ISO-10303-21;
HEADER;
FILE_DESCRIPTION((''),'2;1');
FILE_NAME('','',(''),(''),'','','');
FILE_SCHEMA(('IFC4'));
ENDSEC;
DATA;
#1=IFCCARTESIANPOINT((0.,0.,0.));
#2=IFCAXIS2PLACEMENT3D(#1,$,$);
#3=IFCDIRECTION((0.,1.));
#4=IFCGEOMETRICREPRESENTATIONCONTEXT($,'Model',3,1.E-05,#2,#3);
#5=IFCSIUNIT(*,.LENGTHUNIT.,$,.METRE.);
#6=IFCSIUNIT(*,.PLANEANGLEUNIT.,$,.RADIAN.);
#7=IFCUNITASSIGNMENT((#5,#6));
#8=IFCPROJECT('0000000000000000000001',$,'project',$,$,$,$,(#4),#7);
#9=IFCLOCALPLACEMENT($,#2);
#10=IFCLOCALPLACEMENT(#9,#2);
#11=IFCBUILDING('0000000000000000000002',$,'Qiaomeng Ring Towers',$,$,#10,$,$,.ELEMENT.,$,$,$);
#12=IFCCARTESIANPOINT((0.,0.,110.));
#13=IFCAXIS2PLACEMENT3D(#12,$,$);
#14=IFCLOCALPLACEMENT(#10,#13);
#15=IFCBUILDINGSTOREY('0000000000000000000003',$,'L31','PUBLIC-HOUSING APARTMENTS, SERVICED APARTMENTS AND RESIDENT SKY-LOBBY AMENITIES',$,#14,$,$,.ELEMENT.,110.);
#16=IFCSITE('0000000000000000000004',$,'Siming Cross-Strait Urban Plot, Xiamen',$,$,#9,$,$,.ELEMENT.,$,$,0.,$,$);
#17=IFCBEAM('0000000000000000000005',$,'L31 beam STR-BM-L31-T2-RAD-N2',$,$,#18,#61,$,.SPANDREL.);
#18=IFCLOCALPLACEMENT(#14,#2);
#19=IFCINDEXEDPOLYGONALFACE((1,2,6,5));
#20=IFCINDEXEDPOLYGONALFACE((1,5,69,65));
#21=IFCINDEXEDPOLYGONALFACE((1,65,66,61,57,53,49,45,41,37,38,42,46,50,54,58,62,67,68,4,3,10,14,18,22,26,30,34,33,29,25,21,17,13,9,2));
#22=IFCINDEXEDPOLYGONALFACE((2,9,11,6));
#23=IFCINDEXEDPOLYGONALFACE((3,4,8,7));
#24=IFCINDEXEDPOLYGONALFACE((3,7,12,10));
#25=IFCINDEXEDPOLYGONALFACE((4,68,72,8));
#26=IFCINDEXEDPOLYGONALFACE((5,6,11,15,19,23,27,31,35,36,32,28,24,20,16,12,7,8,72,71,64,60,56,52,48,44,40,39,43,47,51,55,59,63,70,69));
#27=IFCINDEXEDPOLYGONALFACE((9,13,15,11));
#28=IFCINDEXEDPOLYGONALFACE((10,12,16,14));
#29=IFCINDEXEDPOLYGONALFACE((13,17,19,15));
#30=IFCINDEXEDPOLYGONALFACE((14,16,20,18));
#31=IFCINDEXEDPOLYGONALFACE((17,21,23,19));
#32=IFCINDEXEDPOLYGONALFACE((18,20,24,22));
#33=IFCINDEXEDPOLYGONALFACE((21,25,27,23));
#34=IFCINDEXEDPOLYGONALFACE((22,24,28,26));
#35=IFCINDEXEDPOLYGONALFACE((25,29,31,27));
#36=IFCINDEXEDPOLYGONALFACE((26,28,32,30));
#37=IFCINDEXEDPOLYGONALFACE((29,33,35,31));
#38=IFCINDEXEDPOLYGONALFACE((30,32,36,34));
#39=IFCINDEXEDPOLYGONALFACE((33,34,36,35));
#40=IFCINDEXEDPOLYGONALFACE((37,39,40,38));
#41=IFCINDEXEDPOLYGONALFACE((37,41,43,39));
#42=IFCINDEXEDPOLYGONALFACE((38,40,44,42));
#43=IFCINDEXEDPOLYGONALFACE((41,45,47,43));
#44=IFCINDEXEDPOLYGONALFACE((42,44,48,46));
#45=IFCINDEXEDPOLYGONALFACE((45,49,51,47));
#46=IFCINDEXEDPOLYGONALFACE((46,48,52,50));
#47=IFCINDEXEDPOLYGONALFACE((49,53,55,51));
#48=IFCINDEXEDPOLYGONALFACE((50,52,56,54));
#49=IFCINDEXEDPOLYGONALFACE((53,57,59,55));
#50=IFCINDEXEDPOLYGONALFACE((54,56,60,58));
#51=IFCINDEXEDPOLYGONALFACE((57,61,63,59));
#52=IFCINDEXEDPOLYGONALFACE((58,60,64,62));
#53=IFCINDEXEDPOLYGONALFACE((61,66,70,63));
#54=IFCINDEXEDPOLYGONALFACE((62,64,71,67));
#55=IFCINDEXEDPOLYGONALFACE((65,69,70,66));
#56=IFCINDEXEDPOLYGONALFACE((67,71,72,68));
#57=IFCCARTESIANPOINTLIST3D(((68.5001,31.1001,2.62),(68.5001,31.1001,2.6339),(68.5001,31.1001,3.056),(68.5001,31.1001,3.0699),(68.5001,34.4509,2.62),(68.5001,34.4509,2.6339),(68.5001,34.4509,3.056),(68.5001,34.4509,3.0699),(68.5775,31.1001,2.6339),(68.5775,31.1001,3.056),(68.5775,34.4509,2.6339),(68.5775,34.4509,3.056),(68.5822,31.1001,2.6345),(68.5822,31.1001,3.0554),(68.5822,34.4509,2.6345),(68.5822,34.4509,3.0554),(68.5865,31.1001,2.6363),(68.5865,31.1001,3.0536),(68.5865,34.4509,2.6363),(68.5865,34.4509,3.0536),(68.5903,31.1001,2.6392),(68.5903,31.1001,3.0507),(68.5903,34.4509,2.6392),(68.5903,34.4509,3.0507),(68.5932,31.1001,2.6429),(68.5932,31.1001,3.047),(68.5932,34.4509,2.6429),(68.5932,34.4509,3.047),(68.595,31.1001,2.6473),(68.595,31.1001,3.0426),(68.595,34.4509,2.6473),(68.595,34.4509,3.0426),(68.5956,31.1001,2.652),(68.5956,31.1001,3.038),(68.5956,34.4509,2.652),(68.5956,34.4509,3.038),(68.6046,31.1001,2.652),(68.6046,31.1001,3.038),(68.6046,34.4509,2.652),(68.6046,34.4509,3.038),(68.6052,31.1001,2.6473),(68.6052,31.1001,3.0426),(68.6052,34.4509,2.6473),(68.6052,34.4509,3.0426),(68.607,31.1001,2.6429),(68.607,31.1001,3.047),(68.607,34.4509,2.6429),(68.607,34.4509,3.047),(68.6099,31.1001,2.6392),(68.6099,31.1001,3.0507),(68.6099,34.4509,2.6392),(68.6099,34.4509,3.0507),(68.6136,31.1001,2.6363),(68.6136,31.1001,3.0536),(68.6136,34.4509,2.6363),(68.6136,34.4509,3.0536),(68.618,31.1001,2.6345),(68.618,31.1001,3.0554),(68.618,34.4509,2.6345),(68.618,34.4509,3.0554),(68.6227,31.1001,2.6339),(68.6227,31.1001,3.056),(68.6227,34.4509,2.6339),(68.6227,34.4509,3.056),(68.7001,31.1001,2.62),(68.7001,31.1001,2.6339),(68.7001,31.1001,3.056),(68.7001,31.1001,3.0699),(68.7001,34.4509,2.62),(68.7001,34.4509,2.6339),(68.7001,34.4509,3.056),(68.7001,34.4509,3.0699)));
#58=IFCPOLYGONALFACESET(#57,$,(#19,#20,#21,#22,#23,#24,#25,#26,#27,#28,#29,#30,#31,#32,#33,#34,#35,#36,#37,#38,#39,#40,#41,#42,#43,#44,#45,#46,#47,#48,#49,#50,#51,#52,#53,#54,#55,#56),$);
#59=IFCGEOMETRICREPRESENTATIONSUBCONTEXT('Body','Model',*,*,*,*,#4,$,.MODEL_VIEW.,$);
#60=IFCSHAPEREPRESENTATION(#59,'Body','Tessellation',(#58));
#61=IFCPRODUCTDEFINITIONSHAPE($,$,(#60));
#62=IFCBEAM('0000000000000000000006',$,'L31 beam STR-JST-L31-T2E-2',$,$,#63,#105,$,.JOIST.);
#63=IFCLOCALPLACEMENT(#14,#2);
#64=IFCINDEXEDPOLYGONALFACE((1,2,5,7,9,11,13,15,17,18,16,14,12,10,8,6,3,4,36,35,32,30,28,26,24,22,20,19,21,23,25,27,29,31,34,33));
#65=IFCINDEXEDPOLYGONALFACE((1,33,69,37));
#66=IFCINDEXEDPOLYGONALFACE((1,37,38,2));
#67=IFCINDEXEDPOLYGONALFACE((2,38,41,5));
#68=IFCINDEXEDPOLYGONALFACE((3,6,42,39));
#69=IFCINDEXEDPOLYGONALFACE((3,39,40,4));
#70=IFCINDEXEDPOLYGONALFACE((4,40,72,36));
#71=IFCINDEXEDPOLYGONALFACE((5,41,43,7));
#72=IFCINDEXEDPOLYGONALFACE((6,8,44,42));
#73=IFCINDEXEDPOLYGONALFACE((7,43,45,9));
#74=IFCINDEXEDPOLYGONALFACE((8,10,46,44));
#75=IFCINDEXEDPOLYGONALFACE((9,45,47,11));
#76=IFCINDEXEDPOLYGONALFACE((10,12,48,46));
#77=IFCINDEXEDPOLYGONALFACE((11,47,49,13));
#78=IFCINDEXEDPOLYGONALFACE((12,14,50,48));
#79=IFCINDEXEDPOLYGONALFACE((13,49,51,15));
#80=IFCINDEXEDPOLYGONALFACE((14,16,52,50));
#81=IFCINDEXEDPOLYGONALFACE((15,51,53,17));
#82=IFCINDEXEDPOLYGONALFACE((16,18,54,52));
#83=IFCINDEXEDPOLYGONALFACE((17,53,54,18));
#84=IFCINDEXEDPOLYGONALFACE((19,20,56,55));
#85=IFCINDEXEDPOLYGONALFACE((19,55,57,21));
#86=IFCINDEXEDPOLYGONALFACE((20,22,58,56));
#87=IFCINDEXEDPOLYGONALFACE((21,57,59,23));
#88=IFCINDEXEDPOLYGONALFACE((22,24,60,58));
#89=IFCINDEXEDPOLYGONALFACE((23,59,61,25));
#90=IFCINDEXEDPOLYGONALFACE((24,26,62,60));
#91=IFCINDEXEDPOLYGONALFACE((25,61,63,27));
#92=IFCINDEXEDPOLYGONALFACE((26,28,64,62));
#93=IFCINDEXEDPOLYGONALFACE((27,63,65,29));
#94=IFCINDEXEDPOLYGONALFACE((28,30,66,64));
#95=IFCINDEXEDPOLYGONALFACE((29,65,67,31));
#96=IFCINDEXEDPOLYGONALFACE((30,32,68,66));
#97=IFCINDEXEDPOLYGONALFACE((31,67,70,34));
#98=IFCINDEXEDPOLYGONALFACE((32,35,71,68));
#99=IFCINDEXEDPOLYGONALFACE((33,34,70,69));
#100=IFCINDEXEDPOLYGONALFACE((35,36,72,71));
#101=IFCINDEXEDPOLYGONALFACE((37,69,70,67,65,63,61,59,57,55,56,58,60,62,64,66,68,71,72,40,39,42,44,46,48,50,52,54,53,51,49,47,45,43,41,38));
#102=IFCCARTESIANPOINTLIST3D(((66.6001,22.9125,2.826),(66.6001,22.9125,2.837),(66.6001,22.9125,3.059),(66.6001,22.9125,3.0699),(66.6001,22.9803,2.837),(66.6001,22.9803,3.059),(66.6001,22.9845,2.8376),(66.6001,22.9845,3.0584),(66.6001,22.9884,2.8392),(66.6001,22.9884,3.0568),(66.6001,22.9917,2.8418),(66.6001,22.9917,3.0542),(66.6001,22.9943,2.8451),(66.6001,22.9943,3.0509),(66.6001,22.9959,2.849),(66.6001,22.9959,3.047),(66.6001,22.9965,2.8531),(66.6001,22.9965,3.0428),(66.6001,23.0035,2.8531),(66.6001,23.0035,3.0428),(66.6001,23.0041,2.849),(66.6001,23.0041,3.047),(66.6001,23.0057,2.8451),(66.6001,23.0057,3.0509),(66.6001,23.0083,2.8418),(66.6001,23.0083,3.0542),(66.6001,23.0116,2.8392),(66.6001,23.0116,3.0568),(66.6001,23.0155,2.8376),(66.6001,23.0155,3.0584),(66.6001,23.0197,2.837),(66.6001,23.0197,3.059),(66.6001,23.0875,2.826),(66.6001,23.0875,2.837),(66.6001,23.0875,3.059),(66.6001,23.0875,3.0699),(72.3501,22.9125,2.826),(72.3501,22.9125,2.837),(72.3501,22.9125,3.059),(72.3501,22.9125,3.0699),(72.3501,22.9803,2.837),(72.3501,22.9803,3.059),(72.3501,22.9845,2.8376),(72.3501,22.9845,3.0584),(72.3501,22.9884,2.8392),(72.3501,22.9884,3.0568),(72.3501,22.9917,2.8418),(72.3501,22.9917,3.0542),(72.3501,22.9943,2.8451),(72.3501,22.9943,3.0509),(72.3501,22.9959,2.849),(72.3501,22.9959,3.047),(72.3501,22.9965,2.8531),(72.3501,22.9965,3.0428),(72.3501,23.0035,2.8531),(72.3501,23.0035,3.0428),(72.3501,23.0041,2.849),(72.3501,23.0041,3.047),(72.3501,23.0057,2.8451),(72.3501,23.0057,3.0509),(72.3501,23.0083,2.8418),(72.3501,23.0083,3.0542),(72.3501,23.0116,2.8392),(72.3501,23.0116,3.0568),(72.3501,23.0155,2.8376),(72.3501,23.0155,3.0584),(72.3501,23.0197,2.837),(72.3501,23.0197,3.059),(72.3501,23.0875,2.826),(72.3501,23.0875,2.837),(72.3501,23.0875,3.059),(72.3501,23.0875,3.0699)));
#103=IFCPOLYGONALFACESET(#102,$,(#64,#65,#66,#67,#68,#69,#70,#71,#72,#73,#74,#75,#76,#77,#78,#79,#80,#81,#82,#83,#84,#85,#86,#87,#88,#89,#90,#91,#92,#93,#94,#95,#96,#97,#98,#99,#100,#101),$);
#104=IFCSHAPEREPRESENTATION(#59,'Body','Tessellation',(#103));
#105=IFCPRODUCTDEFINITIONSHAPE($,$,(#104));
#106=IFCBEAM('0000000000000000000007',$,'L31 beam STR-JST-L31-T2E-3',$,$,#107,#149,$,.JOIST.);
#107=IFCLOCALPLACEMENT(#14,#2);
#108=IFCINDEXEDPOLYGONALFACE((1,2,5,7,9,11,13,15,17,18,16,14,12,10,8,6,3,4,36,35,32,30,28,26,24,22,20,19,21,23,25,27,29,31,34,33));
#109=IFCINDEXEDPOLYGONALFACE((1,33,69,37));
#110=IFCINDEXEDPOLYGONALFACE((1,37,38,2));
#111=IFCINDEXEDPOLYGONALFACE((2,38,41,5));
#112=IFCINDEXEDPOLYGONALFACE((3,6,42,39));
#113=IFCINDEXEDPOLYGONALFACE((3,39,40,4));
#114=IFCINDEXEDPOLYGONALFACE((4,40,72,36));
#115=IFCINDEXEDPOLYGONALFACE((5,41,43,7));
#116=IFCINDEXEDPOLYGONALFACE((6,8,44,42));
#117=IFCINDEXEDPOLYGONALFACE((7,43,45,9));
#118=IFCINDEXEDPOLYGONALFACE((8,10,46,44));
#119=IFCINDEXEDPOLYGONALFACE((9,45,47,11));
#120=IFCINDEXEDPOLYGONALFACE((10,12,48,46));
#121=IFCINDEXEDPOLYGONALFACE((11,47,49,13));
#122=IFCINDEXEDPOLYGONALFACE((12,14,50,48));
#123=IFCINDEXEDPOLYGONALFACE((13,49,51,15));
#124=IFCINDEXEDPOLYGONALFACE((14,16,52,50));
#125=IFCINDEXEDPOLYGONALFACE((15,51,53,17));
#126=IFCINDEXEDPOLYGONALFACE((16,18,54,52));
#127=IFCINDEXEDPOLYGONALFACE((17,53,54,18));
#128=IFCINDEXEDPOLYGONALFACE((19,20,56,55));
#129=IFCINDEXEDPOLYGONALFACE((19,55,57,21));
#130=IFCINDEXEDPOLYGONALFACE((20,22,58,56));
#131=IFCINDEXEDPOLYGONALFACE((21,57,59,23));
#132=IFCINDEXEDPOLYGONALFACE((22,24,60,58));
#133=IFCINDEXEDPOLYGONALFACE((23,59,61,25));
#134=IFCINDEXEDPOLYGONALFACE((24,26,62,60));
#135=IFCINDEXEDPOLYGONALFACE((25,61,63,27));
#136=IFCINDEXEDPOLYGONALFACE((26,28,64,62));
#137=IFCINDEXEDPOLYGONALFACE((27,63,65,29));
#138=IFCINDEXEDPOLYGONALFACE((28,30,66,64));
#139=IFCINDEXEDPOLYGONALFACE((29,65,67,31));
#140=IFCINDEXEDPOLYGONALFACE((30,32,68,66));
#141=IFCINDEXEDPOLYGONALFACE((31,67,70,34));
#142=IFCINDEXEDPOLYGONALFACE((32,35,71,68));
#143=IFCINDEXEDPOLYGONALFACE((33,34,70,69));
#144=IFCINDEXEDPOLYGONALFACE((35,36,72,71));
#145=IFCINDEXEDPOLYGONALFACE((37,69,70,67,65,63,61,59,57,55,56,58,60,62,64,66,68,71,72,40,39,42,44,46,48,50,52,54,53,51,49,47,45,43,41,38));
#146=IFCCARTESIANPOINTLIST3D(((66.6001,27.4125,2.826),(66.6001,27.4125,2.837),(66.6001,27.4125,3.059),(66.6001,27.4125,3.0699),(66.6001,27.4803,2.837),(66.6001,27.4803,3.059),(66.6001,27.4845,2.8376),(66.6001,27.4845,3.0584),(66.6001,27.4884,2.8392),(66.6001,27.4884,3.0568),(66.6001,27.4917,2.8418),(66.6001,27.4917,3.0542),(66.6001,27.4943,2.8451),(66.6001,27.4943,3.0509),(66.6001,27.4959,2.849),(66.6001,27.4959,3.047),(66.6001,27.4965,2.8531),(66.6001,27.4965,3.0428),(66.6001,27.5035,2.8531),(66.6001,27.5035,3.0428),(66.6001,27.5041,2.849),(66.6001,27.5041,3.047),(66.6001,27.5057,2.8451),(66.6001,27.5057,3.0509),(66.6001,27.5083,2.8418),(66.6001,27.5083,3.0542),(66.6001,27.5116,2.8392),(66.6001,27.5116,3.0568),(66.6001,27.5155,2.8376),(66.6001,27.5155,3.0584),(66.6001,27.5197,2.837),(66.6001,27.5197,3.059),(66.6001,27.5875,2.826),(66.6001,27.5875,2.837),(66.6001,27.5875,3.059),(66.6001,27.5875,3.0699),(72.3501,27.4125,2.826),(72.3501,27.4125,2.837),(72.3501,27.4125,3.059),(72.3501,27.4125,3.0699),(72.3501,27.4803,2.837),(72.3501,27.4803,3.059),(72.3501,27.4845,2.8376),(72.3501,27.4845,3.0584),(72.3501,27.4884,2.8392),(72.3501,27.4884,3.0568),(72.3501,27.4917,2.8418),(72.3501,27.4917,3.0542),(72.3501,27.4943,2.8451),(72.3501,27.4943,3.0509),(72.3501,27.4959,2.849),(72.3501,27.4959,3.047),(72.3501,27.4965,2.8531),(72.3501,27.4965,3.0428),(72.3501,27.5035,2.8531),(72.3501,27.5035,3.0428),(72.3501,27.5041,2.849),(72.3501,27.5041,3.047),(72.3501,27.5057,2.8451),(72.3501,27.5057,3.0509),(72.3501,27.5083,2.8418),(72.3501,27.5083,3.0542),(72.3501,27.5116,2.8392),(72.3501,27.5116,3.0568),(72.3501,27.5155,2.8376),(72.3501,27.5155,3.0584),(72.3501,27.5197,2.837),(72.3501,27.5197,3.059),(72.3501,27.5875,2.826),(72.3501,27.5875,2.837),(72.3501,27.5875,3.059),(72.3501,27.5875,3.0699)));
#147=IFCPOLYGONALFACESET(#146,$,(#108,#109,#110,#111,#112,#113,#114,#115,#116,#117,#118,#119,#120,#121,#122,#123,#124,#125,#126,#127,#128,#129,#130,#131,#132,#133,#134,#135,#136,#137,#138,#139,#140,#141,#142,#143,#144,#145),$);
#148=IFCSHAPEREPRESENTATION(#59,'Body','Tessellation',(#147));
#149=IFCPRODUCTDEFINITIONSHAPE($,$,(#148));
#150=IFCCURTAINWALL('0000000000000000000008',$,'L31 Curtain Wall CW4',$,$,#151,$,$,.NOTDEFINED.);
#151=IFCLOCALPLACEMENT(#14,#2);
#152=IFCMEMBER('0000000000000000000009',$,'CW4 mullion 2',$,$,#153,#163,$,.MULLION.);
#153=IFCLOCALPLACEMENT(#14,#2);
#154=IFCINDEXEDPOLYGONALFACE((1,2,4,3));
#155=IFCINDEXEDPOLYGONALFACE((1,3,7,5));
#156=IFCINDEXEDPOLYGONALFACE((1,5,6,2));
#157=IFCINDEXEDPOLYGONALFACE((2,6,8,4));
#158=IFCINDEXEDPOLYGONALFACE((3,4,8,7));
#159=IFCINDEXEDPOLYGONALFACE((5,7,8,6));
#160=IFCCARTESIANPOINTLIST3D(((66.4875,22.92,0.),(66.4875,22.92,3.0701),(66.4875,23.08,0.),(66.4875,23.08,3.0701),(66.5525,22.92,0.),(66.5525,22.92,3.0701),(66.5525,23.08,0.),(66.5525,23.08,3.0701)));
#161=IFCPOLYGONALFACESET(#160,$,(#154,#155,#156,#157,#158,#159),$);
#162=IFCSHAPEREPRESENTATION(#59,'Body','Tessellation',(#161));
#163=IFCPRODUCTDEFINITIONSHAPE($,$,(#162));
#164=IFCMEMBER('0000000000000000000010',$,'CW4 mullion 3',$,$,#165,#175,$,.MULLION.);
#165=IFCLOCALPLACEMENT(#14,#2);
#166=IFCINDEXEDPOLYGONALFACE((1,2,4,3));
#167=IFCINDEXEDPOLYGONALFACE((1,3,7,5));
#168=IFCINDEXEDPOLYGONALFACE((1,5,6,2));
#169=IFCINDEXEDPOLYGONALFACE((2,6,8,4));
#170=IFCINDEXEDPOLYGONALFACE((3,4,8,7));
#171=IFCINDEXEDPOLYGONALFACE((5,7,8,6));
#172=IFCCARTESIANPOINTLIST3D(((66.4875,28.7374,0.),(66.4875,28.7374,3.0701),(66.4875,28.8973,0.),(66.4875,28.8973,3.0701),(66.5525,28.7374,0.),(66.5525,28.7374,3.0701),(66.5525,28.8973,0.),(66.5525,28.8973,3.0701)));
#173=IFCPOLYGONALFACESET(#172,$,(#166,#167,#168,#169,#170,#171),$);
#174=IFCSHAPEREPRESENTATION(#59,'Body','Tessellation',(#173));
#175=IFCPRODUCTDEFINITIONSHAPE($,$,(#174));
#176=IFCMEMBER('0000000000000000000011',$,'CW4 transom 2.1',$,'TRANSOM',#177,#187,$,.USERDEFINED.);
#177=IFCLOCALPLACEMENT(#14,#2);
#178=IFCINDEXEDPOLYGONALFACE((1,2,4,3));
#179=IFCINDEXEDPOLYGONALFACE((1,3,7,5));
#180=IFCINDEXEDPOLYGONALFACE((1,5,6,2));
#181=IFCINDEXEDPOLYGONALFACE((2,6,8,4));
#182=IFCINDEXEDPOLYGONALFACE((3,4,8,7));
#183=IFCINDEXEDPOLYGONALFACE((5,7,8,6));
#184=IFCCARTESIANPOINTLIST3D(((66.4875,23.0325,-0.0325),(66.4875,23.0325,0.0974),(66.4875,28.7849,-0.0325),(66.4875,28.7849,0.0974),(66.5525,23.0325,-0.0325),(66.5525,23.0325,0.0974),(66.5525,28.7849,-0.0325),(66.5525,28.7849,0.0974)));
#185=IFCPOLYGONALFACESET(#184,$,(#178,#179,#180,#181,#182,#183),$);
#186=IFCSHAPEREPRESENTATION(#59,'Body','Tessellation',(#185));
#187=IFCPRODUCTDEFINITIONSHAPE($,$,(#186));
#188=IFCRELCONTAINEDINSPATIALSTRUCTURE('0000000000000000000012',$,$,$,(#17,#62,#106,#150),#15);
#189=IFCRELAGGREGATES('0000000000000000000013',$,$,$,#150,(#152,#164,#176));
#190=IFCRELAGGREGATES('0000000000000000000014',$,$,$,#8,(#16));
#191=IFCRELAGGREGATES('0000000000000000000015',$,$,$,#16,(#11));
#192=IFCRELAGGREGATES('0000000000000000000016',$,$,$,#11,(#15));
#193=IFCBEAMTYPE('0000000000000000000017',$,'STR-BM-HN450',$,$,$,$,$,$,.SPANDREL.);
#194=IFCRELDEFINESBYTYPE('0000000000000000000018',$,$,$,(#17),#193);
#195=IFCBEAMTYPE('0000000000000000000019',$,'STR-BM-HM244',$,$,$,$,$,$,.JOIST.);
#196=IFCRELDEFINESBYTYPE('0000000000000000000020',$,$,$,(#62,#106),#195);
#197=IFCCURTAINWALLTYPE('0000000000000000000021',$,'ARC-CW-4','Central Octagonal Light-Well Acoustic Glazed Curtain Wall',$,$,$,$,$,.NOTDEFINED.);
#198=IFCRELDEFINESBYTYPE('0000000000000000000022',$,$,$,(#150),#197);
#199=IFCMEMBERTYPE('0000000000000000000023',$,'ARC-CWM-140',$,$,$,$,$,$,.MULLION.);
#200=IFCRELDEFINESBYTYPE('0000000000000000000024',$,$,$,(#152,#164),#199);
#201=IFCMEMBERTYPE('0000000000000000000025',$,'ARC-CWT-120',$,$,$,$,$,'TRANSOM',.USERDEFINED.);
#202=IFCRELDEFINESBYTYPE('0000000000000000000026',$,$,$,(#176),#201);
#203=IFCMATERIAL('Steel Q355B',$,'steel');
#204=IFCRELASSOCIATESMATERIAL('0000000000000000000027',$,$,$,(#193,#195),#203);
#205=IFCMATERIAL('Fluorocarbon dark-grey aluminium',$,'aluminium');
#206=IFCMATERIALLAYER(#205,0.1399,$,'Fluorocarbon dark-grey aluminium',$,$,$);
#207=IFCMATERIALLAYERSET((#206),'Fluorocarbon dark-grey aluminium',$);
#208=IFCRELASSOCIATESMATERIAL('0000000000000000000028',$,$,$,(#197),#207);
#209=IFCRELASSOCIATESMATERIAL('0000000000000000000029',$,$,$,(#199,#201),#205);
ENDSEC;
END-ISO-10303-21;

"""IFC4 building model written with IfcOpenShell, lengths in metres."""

from ifc_helpers import new_model, si_unit, direction, frame, origin, origin_2d, place, context, subcontext, project, spatial, rectangle, i_section, extrude, source, transform, mapped, material, layer, layer_set, material_profile, profile_set, type_object, element, aggregate, save


model = new_model("IFC4")

# Units and contexts
model_context = context("Model", 3, precision=1e-05, world=origin(), true_north=direction((0.0, 1.0)))
body_context = subcontext(model_context, "Body", "Model", "MODEL_VIEW")
ifc_project = project(units=[si_unit("LENGTHUNIT", "METRE"), si_unit("PLANEANGLEUNIT", "RADIAN")], contexts=[model_context])

# Site, building, storey
site_placement = place(None, origin())
site = spatial("IfcSite", under=ifc_project, at=site_placement, Name="Siming Cross-Strait Urban Plot, Xiamen", CompositionType="ELEMENT", RefElevation=0.0)
building_placement = place(site_placement, origin())
building = spatial("IfcBuilding", under=site, at=building_placement, Name="Qiaomeng Ring Towers", CompositionType="ELEMENT")
storey_placement = place(building_placement, frame((0.0, 0.0, 110.0)))
storey = spatial("IfcBuildingStorey", under=building, at=storey_placement, Name="L31", Description="PUBLIC-HOUSING APARTMENTS, SERVICED APARTMENTS AND RESIDENT SKY-LOBBY AMENITIES", CompositionType="ELEMENT", Elevation=110.0)

# Beams
ifc_material_1 = material(Name="Steel Q355B", Category="steel")
ifc_material_profile_1 = material_profile(ifc_material_1, i_section(OverallWidth=0.2, OverallDepth=0.45, WebThickness=0.009, FlangeThickness=0.0139, FilletRadius=0.0181, at=origin_2d()), Name="HN 450x200x9x14")
ifc_profile_set_1 = profile_set([ifc_material_profile_1], Name="Steel Q355B")
beam_type_1 = type_object("IfcBeamType", Name="STR-BM-HN450", PredefinedType="SPANDREL", material=ifc_profile_set_1)
shared_shape_1 = source(origin(), body_context, "Body", "SweptSolid", [
    extrude(i_section(OverallWidth=0.2, OverallDepth=0.45, WebThickness=0.009, FlangeThickness=0.0139, FilletRadius=0.0181, at=origin_2d()), origin(), (0.0, 0.0, 1.0), 3.3508),
])
beam_1_placement = place(storey_placement, frame((68.6001, 34.4509, 2.845), z_axis=(0.0, -1.0, 0.0), x_axis=(1.0, 0.0, 0.0)))
element("IfcBeam", 1, at=beam_1_placement, inside=storey, type_object=beam_type_1, Name="L31 beam STR-BM-L31-T2-RAD-N2", PredefinedType="SPANDREL", context=body_context, shape_type="MappedRepresentation", body=[
    mapped(shared_shape_1, transform((0.0, 0.0, 0.0), x_axis=(1.0, 0.0, 0.0), y_axis=(0.0, 1.0, 0.0), z_axis=(0.0, 0.0, 1.0), scale=1.0)),
])
ifc_material_profile_2 = material_profile(ifc_material_1, i_section(OverallWidth=0.175, OverallDepth=0.2439, WebThickness=0.0071, FlangeThickness=0.011, FilletRadius=0.0161, at=origin_2d()), Name="HM 244x175x7x11")
ifc_profile_set_2 = profile_set([ifc_material_profile_2], Name="Steel Q355B")
beam_type_2 = type_object("IfcBeamType", Name="STR-BM-HM244", PredefinedType="JOIST", material=ifc_profile_set_2)
shared_shape_2 = source(origin(), body_context, "Body", "SweptSolid", [
    extrude(i_section(OverallWidth=0.175, OverallDepth=0.2439, WebThickness=0.0071, FlangeThickness=0.011, FilletRadius=0.0161, at=origin_2d()), origin(), (0.0, 0.0, 1.0), 5.75),
])
for number, where, z_axis, x_axis, name in (
    (2, (66.6001, 23.0, 2.948), (1.0, 0.0, 0.0), (0.0, 1.0, 0.0), "L31 beam STR-JST-L31-T2E-2"),
    (3, (66.6001, 27.5, 2.948), (1.0, 0.0, 0.0), (0.0, 1.0, 0.0), "L31 beam STR-JST-L31-T2E-3"),
):
    element("IfcBeam", number, at=place(storey_placement, frame(where, z_axis=z_axis, x_axis=x_axis)), inside=storey, type_object=beam_type_2, Name=name, PredefinedType="JOIST", context=body_context, shape_type="MappedRepresentation", body=[
        mapped(shared_shape_2, transform((0.0, 0.0, 0.0), x_axis=(1.0, 0.0, 0.0), y_axis=(0.0, 1.0, 0.0), z_axis=(0.0, 0.0, 1.0), scale=1.0)),
    ])

# Curtain wall, members
ifc_material_2 = material(Name="Fluorocarbon dark-grey aluminium", Category="aluminium")
ifc_layer_1 = layer(ifc_material_2, 0.1399, Name="Fluorocarbon dark-grey aluminium")
ifc_layer_set_1 = layer_set([ifc_layer_1], Name="Fluorocarbon dark-grey aluminium")
curtain_wall_type_1 = type_object("IfcCurtainWallType", Name="ARC-CW-4", Description="Central Octagonal Light-Well Acoustic Glazed Curtain Wall", PredefinedType="NOTDEFINED", material=ifc_layer_set_1)
curtain_wall_1_placement = place(storey_placement, origin())
curtain_wall_1 = element("IfcCurtainWall", 4, at=curtain_wall_1_placement, inside=storey, type_object=curtain_wall_type_1, Name="L31 Curtain Wall CW4", PredefinedType="NOTDEFINED")
ifc_material_profile_3 = material_profile(ifc_material_2, rectangle(XDim=0.0649, YDim=0.1599, at=origin_2d()), Name="ALU MULL 65x160")
ifc_profile_set_3 = profile_set([ifc_material_profile_3], Name="Fluorocarbon dark-grey aluminium")
member_type_1 = type_object("IfcMemberType", Name="ARC-CWM-140", PredefinedType="MULLION", material=ifc_profile_set_3)
shared_shape_3 = source(origin(), body_context, "Body", "SweptSolid", [
    extrude(rectangle(XDim=0.0649, YDim=0.1599, at=origin_2d()), origin(), (0.0, 0.0, 1.0), 3.0701),
])
member_1_placement = place(storey_placement, frame((66.52, 23.0, 0.0), z_axis=(0.0, 0.0, 1.0), x_axis=(-1.0, 0.0, 0.0)))
member_1 = element("IfcMember", 5, at=member_1_placement, type_object=member_type_1, Name="CW4 mullion 2", PredefinedType="MULLION", context=body_context, shape_type="MappedRepresentation", body=[
    mapped(shared_shape_3, transform((0.0, 0.0, 0.0), x_axis=(1.0, 0.0, 0.0), y_axis=(0.0, 1.0, 0.0), z_axis=(0.0, 0.0, 1.0), scale=1.0)),
])
member_2_placement = place(storey_placement, frame((66.52, 28.8174, 0.0), z_axis=(0.0, 0.0, 1.0), x_axis=(-1.0, 0.0, 0.0)))
member_2 = element("IfcMember", 6, at=member_2_placement, type_object=member_type_1, Name="CW4 mullion 3", PredefinedType="MULLION", context=body_context, shape_type="MappedRepresentation", body=[
    mapped(shared_shape_3, transform((0.0, 0.0, 0.0), x_axis=(1.0, 0.0, 0.0), y_axis=(0.0, 1.0, 0.0), z_axis=(0.0, 0.0, 1.0), scale=1.0)),
])
ifc_material_profile_4 = material_profile(ifc_material_2, rectangle(XDim=0.0649, YDim=0.1299, at=origin_2d()), Name="ALU TRAN 65x130")
ifc_profile_set_4 = profile_set([ifc_material_profile_4], Name="Fluorocarbon dark-grey aluminium")
member_type_2 = type_object("IfcMemberType", Name="ARC-CWT-120", ElementType="TRANSOM", PredefinedType="USERDEFINED", material=ifc_profile_set_4)
shared_shape_4 = source(origin(), body_context, "Body", "SweptSolid", [
    extrude(rectangle(XDim=0.0649, YDim=0.1299, at=origin_2d()), origin(), (0.0, 0.0, 1.0), 5.7524),
])
member_3_placement = place(storey_placement, frame((66.52, 23.0325, 0.0325), z_axis=(0.0, 1.0, 0.0), x_axis=(-1.0, 0.0, 0.0)))
member_3 = element("IfcMember", 7, at=member_3_placement, type_object=member_type_2, Name="CW4 transom 2.1", ObjectType="TRANSOM", PredefinedType="USERDEFINED", context=body_context, shape_type="MappedRepresentation", body=[
    mapped(shared_shape_4, transform((0.0, 0.0, 0.0), x_axis=(1.0, 0.0, 0.0), y_axis=(0.0, 1.0, 0.0), z_axis=(0.0, 0.0, 1.0), scale=1.0)),
])

aggregate(curtain_wall_1, [member_1, member_2, member_3])

save(model, "model.ifc")
